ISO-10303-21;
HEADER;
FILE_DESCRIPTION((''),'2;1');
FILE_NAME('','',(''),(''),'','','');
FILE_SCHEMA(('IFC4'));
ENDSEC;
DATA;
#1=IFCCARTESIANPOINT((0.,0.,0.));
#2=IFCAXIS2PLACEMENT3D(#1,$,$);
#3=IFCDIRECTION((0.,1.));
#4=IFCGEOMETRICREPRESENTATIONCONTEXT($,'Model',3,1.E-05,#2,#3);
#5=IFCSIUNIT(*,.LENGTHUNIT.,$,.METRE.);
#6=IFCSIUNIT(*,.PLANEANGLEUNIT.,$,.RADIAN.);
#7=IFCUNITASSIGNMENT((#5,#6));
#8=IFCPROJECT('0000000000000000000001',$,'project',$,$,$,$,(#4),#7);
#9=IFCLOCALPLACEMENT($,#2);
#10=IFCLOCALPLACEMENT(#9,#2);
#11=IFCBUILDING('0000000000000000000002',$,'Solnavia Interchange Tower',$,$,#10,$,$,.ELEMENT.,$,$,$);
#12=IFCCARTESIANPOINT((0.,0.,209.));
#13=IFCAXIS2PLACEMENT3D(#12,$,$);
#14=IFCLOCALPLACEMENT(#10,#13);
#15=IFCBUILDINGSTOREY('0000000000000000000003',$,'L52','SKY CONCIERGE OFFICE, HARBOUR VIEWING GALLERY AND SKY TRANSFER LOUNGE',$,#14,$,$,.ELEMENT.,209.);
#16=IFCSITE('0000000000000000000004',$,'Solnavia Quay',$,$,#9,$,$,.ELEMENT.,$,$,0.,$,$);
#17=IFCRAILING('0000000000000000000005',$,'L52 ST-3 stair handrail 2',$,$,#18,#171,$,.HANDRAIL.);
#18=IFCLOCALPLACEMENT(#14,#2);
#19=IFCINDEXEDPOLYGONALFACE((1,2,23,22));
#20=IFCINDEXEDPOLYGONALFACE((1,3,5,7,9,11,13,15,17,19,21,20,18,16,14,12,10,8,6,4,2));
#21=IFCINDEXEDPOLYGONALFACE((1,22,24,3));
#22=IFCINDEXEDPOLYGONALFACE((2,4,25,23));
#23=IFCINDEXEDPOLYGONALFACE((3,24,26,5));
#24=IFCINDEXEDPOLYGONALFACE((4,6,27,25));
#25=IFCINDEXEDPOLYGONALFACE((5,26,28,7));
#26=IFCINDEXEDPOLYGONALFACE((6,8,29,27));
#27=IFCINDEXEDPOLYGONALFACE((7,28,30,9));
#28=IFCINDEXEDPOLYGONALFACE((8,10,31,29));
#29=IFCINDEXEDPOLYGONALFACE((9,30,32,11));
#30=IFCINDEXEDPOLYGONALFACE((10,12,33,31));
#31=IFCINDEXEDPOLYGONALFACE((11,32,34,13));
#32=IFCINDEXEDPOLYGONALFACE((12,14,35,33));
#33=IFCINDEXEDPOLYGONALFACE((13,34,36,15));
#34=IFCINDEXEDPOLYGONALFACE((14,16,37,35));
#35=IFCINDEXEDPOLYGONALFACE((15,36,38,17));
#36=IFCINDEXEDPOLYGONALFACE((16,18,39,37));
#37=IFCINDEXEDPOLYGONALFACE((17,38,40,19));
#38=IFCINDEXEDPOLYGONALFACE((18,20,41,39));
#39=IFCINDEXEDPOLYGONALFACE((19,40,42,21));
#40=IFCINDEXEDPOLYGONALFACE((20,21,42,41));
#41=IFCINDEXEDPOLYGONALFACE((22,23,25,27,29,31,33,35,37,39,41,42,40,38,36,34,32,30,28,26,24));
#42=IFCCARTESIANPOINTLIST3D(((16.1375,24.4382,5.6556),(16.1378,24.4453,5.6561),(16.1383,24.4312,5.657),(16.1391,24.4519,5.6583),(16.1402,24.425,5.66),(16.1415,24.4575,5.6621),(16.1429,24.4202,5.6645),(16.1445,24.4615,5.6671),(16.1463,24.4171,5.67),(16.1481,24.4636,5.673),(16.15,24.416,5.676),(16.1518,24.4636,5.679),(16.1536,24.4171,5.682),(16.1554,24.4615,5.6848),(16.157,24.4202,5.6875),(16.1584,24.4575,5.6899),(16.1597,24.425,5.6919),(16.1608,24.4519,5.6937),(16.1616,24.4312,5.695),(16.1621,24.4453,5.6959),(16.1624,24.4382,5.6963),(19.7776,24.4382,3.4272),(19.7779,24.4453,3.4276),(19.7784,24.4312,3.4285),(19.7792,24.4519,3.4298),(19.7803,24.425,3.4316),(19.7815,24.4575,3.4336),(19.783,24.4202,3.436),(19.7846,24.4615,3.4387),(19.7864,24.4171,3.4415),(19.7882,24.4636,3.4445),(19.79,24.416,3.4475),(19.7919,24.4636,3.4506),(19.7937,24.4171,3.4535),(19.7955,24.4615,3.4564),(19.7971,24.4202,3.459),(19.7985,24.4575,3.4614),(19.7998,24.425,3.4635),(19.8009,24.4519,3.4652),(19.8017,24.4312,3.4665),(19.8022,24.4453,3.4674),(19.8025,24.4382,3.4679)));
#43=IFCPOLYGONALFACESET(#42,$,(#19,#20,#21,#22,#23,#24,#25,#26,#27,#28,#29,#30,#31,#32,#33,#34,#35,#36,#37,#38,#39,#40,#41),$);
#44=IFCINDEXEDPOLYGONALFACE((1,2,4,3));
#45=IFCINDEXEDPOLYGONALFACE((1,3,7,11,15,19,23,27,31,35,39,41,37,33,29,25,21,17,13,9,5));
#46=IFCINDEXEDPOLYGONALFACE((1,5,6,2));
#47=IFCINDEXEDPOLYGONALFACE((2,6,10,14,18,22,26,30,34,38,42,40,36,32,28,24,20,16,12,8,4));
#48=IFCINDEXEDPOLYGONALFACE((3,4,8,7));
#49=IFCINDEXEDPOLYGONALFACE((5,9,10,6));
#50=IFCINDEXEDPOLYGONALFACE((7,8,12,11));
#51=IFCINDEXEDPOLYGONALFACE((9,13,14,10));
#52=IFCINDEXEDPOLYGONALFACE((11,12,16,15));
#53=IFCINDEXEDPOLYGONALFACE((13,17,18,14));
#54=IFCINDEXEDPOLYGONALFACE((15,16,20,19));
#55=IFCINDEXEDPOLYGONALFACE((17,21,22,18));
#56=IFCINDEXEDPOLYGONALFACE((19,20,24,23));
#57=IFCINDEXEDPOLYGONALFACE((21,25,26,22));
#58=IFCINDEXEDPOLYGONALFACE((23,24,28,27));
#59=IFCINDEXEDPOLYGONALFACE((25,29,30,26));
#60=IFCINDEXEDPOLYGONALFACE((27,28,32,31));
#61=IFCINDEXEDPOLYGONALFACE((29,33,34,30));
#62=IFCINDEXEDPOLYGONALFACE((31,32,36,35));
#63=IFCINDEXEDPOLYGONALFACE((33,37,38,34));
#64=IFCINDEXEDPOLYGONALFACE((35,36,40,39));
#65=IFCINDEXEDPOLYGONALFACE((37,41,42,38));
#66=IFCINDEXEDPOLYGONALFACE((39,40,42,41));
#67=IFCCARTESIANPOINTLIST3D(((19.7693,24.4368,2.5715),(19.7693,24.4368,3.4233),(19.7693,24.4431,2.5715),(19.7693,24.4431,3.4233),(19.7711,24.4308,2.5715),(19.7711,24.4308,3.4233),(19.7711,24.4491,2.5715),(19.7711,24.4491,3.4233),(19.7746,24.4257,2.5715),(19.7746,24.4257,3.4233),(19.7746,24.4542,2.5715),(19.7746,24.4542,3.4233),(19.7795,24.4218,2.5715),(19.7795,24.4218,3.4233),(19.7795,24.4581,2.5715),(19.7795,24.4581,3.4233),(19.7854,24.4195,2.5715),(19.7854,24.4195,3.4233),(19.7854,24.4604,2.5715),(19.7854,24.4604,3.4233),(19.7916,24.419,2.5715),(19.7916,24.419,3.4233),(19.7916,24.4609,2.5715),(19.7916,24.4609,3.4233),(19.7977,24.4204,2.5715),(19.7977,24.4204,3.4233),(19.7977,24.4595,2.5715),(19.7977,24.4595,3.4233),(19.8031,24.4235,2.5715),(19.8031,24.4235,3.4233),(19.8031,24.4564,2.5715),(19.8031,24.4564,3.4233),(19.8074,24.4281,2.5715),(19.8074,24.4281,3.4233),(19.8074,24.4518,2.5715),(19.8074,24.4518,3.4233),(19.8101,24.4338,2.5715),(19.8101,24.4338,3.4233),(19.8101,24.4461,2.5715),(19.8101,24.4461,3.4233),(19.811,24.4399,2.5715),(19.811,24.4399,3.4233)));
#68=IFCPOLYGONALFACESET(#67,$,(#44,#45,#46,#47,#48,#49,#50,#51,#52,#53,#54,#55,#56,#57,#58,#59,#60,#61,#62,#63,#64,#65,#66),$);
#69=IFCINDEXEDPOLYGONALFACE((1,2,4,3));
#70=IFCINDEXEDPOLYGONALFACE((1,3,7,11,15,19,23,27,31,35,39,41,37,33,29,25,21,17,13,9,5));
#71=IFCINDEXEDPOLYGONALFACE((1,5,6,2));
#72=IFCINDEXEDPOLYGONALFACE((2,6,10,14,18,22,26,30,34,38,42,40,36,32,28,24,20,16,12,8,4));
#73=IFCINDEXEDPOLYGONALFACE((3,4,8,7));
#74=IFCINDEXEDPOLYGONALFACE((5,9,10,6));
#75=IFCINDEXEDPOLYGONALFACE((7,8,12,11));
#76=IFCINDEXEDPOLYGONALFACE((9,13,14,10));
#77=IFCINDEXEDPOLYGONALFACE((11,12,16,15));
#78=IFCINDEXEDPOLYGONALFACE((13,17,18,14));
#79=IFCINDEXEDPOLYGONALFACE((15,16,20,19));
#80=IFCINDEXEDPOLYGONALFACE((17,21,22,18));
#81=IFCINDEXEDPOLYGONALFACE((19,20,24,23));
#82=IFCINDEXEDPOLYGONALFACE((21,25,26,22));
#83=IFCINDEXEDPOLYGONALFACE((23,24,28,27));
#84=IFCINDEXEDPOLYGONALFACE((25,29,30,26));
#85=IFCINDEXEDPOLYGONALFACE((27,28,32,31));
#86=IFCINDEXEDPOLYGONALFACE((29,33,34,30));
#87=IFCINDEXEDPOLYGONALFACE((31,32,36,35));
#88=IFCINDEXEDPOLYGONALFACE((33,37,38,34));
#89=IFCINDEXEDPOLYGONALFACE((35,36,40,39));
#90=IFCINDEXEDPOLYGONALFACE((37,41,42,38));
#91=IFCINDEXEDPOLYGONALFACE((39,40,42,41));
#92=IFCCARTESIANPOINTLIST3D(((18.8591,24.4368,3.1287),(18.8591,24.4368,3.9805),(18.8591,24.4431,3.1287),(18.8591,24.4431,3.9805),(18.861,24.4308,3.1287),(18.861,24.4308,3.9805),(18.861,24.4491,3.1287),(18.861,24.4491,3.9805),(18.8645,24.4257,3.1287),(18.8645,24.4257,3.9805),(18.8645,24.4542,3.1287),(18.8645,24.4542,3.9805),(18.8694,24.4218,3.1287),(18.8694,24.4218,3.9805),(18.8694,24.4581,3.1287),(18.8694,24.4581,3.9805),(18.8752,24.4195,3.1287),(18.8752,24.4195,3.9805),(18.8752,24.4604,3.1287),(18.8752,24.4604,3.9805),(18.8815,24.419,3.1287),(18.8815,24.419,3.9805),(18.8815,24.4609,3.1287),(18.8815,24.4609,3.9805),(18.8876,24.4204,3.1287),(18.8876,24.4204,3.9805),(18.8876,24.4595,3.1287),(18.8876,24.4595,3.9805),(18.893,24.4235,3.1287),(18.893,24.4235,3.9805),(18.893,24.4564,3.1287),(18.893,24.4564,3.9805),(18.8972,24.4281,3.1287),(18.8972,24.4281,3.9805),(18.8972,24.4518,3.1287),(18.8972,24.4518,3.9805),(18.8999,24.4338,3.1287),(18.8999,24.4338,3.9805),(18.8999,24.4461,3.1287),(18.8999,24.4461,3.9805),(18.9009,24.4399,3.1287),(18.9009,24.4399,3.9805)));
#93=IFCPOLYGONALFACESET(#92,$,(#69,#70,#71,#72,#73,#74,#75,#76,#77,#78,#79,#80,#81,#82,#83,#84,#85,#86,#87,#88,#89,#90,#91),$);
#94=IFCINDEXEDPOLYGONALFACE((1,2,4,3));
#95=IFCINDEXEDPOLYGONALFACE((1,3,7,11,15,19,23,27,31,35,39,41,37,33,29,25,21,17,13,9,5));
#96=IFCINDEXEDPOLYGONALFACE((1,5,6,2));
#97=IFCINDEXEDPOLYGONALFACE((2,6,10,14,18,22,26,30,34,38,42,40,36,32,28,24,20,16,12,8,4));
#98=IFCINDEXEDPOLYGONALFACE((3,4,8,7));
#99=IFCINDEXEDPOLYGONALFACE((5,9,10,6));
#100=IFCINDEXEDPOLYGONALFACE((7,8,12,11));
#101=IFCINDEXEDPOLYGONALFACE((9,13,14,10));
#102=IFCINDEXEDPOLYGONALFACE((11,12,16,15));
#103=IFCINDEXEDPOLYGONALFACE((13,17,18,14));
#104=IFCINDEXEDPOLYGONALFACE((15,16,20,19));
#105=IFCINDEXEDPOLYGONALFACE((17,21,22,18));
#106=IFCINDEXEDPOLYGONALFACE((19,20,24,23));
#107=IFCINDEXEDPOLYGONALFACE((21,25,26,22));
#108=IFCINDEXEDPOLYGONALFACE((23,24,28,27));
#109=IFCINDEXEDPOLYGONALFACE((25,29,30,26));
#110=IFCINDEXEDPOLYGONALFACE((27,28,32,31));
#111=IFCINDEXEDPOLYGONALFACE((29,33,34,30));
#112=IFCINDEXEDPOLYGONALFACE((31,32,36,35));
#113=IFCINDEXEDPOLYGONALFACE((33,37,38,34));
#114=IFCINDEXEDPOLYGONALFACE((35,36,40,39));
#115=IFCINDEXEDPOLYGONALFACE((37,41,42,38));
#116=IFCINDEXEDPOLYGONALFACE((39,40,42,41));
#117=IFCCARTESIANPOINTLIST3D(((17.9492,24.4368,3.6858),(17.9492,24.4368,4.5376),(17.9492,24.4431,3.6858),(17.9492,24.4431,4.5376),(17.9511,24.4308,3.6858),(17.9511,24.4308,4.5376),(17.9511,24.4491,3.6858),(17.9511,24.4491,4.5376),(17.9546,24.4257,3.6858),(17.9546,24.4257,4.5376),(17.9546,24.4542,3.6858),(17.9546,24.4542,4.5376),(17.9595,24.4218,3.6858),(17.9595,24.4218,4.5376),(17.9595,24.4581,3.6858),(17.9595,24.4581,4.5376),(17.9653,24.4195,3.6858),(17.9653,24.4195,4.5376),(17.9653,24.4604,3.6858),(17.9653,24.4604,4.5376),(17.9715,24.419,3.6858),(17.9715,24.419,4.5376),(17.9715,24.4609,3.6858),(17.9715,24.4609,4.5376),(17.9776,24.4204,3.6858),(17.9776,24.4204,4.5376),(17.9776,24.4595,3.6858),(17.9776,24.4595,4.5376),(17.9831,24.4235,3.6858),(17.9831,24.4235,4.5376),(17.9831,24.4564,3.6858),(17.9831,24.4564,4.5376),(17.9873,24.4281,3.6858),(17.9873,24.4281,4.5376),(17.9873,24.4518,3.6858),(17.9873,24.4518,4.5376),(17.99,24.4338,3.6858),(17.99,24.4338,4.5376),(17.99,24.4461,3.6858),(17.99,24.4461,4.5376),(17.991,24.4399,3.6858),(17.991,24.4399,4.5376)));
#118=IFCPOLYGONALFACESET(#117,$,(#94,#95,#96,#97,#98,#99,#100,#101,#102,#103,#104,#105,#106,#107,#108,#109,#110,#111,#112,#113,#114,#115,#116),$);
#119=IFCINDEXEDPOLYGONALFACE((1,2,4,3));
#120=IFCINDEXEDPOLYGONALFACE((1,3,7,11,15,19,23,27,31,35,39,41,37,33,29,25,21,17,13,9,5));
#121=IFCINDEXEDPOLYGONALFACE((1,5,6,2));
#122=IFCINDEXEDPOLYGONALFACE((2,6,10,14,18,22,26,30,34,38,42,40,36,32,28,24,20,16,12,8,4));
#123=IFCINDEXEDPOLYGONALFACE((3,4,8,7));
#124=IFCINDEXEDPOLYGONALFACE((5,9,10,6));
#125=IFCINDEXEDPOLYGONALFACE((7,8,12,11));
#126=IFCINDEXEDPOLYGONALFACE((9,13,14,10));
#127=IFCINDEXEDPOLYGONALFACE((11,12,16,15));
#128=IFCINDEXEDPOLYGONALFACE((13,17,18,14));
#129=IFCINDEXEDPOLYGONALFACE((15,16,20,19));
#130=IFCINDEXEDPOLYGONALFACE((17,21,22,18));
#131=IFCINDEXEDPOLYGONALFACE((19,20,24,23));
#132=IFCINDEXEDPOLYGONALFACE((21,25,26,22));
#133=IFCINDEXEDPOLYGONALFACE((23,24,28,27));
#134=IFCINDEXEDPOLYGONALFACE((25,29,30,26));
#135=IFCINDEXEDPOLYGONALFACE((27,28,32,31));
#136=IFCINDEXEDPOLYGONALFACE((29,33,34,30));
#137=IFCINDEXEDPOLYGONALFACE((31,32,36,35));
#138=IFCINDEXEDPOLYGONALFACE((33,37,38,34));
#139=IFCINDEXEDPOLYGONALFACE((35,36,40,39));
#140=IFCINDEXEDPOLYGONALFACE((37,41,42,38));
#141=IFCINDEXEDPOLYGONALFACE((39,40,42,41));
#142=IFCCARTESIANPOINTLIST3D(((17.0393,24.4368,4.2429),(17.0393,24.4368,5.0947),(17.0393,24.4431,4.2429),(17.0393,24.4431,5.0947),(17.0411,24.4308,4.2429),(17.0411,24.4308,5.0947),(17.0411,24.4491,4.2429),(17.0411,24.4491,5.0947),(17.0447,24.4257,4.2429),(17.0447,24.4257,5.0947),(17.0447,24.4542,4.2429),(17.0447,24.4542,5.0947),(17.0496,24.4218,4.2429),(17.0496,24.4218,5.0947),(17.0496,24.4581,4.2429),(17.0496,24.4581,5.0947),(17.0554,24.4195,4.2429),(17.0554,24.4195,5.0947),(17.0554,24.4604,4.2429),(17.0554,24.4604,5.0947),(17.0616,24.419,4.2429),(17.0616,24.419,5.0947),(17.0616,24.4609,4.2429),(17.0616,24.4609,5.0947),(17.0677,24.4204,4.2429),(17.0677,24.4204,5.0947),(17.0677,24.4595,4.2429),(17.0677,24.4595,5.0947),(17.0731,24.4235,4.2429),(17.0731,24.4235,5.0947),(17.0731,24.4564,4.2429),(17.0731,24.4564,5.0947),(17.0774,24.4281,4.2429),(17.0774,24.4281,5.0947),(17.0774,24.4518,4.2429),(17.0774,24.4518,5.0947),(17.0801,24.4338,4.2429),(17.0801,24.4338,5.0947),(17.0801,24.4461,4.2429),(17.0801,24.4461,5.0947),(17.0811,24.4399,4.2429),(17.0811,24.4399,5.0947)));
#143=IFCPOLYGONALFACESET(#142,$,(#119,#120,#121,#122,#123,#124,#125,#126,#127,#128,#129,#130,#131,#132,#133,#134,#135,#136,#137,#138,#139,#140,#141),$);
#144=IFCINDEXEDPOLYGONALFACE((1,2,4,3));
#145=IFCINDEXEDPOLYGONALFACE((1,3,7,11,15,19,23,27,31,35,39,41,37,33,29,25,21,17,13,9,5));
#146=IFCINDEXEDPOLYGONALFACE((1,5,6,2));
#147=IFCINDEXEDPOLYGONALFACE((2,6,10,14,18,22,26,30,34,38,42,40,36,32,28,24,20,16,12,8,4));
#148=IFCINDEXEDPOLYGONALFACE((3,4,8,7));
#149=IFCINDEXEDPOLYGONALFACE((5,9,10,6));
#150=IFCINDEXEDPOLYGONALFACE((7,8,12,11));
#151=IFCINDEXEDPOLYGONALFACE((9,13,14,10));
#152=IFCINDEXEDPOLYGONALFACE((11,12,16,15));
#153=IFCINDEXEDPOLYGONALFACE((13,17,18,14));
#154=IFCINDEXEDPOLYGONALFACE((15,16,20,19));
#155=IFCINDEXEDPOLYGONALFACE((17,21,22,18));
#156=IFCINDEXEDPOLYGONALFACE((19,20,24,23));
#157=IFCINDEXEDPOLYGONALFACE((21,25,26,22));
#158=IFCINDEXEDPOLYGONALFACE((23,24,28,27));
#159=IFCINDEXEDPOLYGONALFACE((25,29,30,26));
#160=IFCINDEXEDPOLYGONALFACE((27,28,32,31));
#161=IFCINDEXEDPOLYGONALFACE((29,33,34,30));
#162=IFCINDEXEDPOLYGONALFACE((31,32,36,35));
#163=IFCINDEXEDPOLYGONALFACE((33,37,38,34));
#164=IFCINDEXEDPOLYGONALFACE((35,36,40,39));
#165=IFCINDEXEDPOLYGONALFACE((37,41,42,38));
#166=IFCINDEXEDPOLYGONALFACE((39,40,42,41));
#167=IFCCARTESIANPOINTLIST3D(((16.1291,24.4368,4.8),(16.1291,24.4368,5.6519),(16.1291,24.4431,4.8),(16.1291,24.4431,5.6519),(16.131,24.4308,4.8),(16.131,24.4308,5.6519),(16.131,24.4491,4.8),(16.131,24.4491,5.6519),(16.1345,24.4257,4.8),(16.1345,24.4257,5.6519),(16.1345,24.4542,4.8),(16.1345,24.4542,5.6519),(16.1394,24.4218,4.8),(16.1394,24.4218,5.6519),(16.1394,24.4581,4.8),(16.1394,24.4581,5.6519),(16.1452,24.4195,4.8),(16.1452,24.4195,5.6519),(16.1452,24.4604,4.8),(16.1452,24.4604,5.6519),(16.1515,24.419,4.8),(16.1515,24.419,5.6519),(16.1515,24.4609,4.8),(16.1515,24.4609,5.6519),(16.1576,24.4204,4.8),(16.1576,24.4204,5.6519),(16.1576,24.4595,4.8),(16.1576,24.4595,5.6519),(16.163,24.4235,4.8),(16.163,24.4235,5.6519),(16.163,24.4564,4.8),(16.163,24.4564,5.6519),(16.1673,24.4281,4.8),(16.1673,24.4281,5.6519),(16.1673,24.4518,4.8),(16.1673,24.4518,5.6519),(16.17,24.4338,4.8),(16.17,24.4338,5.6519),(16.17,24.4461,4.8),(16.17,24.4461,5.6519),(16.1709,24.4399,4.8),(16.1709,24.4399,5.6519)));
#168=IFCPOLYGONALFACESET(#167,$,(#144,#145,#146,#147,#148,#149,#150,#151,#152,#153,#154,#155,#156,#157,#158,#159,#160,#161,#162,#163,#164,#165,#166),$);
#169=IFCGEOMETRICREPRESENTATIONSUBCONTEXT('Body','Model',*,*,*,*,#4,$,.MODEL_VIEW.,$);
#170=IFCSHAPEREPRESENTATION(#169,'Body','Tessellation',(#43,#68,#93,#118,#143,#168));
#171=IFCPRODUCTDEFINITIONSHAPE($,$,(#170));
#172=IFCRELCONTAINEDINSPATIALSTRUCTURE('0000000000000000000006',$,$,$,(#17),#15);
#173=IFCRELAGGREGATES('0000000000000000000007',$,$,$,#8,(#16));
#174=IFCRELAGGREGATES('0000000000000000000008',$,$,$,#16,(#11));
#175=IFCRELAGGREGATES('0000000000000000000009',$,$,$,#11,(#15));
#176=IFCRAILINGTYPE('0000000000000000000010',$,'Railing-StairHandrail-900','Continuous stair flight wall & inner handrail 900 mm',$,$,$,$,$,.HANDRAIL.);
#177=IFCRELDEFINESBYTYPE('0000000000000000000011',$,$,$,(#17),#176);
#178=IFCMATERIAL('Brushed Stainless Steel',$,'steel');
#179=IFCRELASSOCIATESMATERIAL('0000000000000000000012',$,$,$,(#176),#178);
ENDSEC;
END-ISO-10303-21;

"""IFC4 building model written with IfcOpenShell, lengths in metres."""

from ifc_helpers import new_model, si_unit, direction, frame, origin, origin_2d, place, context, subcontext, project, spatial, circle, extrude, material, type_object, element, save


model = new_model("IFC4")

# Units and contexts
model_context = context("Model", 3, precision=1e-05, world=origin(), true_north=direction((0.0, 1.0)))
body_context = subcontext(model_context, "Body", "Model", "MODEL_VIEW")
ifc_project = project(units=[si_unit("LENGTHUNIT", "METRE"), si_unit("PLANEANGLEUNIT", "RADIAN")], contexts=[model_context])

# Site, building, storey
site_placement = place(None, origin())
site = spatial("IfcSite", under=ifc_project, at=site_placement, Name="Solnavia Quay", CompositionType="ELEMENT", RefElevation=0.0)
building_placement = place(site_placement, origin())
building = spatial("IfcBuilding", under=site, at=building_placement, Name="Solnavia Interchange Tower", CompositionType="ELEMENT")
storey_placement = place(building_placement, frame((0.0, 0.0, 209.0)))
storey = spatial("IfcBuildingStorey", under=building, at=storey_placement, Name="L52", Description="SKY CONCIERGE OFFICE, HARBOUR VIEWING GALLERY AND SKY TRANSFER LOUNGE", CompositionType="ELEMENT", Elevation=209.0)

# Railing
ifc_material_1 = material(Name="Brushed Stainless Steel", Category="steel")
railing_type_1 = type_object("IfcRailingType", Name="Railing-StairHandrail-900", Description="Continuous stair flight wall & inner handrail 900 mm", PredefinedType="HANDRAIL", material=ifc_material_1)
railing_1_placement = place(storey_placement, frame((19.79, 24.4399, 2.5715)))
element("IfcRailing", 1, at=railing_1_placement, inside=storey, type_object=railing_type_1, Name="L52 ST-3 stair handrail 2", PredefinedType="HANDRAIL", context=body_context, shape_type="SweptSolid", body=[
    extrude(circle(Radius=0.0239, at=origin_2d()), frame((0.0, 0.0, 0.876), z_axis=(-0.852866, 0.0, 0.52213), x_axis=(0.0, -1.0, 0.0)), (0.0, 0.0, 1.0), 4.2681),
    extrude(circle(Radius=0.021, at=origin_2d()), origin(), (0.0, 0.0, 1.0), 0.8518),
    extrude(circle(Radius=0.021, at=origin_2d()), frame((-0.9102, 0.0, 0.5571)), (0.0, 0.0, 1.0), 0.8518),
    extrude(circle(Radius=0.021, at=origin_2d()), frame((-1.8201, 0.0, 1.1143)), (0.0, 0.0, 1.0), 0.8518),
    extrude(circle(Radius=0.021, at=origin_2d()), frame((-2.73, 0.0, 1.6714)), (0.0, 0.0, 1.0), 0.8518),
    extrude(circle(Radius=0.021, at=origin_2d()), frame((-3.6401, 0.0, 2.2285)), (0.0, 0.0, 1.0), 0.8518),
])

save(model, "model.ifc")
